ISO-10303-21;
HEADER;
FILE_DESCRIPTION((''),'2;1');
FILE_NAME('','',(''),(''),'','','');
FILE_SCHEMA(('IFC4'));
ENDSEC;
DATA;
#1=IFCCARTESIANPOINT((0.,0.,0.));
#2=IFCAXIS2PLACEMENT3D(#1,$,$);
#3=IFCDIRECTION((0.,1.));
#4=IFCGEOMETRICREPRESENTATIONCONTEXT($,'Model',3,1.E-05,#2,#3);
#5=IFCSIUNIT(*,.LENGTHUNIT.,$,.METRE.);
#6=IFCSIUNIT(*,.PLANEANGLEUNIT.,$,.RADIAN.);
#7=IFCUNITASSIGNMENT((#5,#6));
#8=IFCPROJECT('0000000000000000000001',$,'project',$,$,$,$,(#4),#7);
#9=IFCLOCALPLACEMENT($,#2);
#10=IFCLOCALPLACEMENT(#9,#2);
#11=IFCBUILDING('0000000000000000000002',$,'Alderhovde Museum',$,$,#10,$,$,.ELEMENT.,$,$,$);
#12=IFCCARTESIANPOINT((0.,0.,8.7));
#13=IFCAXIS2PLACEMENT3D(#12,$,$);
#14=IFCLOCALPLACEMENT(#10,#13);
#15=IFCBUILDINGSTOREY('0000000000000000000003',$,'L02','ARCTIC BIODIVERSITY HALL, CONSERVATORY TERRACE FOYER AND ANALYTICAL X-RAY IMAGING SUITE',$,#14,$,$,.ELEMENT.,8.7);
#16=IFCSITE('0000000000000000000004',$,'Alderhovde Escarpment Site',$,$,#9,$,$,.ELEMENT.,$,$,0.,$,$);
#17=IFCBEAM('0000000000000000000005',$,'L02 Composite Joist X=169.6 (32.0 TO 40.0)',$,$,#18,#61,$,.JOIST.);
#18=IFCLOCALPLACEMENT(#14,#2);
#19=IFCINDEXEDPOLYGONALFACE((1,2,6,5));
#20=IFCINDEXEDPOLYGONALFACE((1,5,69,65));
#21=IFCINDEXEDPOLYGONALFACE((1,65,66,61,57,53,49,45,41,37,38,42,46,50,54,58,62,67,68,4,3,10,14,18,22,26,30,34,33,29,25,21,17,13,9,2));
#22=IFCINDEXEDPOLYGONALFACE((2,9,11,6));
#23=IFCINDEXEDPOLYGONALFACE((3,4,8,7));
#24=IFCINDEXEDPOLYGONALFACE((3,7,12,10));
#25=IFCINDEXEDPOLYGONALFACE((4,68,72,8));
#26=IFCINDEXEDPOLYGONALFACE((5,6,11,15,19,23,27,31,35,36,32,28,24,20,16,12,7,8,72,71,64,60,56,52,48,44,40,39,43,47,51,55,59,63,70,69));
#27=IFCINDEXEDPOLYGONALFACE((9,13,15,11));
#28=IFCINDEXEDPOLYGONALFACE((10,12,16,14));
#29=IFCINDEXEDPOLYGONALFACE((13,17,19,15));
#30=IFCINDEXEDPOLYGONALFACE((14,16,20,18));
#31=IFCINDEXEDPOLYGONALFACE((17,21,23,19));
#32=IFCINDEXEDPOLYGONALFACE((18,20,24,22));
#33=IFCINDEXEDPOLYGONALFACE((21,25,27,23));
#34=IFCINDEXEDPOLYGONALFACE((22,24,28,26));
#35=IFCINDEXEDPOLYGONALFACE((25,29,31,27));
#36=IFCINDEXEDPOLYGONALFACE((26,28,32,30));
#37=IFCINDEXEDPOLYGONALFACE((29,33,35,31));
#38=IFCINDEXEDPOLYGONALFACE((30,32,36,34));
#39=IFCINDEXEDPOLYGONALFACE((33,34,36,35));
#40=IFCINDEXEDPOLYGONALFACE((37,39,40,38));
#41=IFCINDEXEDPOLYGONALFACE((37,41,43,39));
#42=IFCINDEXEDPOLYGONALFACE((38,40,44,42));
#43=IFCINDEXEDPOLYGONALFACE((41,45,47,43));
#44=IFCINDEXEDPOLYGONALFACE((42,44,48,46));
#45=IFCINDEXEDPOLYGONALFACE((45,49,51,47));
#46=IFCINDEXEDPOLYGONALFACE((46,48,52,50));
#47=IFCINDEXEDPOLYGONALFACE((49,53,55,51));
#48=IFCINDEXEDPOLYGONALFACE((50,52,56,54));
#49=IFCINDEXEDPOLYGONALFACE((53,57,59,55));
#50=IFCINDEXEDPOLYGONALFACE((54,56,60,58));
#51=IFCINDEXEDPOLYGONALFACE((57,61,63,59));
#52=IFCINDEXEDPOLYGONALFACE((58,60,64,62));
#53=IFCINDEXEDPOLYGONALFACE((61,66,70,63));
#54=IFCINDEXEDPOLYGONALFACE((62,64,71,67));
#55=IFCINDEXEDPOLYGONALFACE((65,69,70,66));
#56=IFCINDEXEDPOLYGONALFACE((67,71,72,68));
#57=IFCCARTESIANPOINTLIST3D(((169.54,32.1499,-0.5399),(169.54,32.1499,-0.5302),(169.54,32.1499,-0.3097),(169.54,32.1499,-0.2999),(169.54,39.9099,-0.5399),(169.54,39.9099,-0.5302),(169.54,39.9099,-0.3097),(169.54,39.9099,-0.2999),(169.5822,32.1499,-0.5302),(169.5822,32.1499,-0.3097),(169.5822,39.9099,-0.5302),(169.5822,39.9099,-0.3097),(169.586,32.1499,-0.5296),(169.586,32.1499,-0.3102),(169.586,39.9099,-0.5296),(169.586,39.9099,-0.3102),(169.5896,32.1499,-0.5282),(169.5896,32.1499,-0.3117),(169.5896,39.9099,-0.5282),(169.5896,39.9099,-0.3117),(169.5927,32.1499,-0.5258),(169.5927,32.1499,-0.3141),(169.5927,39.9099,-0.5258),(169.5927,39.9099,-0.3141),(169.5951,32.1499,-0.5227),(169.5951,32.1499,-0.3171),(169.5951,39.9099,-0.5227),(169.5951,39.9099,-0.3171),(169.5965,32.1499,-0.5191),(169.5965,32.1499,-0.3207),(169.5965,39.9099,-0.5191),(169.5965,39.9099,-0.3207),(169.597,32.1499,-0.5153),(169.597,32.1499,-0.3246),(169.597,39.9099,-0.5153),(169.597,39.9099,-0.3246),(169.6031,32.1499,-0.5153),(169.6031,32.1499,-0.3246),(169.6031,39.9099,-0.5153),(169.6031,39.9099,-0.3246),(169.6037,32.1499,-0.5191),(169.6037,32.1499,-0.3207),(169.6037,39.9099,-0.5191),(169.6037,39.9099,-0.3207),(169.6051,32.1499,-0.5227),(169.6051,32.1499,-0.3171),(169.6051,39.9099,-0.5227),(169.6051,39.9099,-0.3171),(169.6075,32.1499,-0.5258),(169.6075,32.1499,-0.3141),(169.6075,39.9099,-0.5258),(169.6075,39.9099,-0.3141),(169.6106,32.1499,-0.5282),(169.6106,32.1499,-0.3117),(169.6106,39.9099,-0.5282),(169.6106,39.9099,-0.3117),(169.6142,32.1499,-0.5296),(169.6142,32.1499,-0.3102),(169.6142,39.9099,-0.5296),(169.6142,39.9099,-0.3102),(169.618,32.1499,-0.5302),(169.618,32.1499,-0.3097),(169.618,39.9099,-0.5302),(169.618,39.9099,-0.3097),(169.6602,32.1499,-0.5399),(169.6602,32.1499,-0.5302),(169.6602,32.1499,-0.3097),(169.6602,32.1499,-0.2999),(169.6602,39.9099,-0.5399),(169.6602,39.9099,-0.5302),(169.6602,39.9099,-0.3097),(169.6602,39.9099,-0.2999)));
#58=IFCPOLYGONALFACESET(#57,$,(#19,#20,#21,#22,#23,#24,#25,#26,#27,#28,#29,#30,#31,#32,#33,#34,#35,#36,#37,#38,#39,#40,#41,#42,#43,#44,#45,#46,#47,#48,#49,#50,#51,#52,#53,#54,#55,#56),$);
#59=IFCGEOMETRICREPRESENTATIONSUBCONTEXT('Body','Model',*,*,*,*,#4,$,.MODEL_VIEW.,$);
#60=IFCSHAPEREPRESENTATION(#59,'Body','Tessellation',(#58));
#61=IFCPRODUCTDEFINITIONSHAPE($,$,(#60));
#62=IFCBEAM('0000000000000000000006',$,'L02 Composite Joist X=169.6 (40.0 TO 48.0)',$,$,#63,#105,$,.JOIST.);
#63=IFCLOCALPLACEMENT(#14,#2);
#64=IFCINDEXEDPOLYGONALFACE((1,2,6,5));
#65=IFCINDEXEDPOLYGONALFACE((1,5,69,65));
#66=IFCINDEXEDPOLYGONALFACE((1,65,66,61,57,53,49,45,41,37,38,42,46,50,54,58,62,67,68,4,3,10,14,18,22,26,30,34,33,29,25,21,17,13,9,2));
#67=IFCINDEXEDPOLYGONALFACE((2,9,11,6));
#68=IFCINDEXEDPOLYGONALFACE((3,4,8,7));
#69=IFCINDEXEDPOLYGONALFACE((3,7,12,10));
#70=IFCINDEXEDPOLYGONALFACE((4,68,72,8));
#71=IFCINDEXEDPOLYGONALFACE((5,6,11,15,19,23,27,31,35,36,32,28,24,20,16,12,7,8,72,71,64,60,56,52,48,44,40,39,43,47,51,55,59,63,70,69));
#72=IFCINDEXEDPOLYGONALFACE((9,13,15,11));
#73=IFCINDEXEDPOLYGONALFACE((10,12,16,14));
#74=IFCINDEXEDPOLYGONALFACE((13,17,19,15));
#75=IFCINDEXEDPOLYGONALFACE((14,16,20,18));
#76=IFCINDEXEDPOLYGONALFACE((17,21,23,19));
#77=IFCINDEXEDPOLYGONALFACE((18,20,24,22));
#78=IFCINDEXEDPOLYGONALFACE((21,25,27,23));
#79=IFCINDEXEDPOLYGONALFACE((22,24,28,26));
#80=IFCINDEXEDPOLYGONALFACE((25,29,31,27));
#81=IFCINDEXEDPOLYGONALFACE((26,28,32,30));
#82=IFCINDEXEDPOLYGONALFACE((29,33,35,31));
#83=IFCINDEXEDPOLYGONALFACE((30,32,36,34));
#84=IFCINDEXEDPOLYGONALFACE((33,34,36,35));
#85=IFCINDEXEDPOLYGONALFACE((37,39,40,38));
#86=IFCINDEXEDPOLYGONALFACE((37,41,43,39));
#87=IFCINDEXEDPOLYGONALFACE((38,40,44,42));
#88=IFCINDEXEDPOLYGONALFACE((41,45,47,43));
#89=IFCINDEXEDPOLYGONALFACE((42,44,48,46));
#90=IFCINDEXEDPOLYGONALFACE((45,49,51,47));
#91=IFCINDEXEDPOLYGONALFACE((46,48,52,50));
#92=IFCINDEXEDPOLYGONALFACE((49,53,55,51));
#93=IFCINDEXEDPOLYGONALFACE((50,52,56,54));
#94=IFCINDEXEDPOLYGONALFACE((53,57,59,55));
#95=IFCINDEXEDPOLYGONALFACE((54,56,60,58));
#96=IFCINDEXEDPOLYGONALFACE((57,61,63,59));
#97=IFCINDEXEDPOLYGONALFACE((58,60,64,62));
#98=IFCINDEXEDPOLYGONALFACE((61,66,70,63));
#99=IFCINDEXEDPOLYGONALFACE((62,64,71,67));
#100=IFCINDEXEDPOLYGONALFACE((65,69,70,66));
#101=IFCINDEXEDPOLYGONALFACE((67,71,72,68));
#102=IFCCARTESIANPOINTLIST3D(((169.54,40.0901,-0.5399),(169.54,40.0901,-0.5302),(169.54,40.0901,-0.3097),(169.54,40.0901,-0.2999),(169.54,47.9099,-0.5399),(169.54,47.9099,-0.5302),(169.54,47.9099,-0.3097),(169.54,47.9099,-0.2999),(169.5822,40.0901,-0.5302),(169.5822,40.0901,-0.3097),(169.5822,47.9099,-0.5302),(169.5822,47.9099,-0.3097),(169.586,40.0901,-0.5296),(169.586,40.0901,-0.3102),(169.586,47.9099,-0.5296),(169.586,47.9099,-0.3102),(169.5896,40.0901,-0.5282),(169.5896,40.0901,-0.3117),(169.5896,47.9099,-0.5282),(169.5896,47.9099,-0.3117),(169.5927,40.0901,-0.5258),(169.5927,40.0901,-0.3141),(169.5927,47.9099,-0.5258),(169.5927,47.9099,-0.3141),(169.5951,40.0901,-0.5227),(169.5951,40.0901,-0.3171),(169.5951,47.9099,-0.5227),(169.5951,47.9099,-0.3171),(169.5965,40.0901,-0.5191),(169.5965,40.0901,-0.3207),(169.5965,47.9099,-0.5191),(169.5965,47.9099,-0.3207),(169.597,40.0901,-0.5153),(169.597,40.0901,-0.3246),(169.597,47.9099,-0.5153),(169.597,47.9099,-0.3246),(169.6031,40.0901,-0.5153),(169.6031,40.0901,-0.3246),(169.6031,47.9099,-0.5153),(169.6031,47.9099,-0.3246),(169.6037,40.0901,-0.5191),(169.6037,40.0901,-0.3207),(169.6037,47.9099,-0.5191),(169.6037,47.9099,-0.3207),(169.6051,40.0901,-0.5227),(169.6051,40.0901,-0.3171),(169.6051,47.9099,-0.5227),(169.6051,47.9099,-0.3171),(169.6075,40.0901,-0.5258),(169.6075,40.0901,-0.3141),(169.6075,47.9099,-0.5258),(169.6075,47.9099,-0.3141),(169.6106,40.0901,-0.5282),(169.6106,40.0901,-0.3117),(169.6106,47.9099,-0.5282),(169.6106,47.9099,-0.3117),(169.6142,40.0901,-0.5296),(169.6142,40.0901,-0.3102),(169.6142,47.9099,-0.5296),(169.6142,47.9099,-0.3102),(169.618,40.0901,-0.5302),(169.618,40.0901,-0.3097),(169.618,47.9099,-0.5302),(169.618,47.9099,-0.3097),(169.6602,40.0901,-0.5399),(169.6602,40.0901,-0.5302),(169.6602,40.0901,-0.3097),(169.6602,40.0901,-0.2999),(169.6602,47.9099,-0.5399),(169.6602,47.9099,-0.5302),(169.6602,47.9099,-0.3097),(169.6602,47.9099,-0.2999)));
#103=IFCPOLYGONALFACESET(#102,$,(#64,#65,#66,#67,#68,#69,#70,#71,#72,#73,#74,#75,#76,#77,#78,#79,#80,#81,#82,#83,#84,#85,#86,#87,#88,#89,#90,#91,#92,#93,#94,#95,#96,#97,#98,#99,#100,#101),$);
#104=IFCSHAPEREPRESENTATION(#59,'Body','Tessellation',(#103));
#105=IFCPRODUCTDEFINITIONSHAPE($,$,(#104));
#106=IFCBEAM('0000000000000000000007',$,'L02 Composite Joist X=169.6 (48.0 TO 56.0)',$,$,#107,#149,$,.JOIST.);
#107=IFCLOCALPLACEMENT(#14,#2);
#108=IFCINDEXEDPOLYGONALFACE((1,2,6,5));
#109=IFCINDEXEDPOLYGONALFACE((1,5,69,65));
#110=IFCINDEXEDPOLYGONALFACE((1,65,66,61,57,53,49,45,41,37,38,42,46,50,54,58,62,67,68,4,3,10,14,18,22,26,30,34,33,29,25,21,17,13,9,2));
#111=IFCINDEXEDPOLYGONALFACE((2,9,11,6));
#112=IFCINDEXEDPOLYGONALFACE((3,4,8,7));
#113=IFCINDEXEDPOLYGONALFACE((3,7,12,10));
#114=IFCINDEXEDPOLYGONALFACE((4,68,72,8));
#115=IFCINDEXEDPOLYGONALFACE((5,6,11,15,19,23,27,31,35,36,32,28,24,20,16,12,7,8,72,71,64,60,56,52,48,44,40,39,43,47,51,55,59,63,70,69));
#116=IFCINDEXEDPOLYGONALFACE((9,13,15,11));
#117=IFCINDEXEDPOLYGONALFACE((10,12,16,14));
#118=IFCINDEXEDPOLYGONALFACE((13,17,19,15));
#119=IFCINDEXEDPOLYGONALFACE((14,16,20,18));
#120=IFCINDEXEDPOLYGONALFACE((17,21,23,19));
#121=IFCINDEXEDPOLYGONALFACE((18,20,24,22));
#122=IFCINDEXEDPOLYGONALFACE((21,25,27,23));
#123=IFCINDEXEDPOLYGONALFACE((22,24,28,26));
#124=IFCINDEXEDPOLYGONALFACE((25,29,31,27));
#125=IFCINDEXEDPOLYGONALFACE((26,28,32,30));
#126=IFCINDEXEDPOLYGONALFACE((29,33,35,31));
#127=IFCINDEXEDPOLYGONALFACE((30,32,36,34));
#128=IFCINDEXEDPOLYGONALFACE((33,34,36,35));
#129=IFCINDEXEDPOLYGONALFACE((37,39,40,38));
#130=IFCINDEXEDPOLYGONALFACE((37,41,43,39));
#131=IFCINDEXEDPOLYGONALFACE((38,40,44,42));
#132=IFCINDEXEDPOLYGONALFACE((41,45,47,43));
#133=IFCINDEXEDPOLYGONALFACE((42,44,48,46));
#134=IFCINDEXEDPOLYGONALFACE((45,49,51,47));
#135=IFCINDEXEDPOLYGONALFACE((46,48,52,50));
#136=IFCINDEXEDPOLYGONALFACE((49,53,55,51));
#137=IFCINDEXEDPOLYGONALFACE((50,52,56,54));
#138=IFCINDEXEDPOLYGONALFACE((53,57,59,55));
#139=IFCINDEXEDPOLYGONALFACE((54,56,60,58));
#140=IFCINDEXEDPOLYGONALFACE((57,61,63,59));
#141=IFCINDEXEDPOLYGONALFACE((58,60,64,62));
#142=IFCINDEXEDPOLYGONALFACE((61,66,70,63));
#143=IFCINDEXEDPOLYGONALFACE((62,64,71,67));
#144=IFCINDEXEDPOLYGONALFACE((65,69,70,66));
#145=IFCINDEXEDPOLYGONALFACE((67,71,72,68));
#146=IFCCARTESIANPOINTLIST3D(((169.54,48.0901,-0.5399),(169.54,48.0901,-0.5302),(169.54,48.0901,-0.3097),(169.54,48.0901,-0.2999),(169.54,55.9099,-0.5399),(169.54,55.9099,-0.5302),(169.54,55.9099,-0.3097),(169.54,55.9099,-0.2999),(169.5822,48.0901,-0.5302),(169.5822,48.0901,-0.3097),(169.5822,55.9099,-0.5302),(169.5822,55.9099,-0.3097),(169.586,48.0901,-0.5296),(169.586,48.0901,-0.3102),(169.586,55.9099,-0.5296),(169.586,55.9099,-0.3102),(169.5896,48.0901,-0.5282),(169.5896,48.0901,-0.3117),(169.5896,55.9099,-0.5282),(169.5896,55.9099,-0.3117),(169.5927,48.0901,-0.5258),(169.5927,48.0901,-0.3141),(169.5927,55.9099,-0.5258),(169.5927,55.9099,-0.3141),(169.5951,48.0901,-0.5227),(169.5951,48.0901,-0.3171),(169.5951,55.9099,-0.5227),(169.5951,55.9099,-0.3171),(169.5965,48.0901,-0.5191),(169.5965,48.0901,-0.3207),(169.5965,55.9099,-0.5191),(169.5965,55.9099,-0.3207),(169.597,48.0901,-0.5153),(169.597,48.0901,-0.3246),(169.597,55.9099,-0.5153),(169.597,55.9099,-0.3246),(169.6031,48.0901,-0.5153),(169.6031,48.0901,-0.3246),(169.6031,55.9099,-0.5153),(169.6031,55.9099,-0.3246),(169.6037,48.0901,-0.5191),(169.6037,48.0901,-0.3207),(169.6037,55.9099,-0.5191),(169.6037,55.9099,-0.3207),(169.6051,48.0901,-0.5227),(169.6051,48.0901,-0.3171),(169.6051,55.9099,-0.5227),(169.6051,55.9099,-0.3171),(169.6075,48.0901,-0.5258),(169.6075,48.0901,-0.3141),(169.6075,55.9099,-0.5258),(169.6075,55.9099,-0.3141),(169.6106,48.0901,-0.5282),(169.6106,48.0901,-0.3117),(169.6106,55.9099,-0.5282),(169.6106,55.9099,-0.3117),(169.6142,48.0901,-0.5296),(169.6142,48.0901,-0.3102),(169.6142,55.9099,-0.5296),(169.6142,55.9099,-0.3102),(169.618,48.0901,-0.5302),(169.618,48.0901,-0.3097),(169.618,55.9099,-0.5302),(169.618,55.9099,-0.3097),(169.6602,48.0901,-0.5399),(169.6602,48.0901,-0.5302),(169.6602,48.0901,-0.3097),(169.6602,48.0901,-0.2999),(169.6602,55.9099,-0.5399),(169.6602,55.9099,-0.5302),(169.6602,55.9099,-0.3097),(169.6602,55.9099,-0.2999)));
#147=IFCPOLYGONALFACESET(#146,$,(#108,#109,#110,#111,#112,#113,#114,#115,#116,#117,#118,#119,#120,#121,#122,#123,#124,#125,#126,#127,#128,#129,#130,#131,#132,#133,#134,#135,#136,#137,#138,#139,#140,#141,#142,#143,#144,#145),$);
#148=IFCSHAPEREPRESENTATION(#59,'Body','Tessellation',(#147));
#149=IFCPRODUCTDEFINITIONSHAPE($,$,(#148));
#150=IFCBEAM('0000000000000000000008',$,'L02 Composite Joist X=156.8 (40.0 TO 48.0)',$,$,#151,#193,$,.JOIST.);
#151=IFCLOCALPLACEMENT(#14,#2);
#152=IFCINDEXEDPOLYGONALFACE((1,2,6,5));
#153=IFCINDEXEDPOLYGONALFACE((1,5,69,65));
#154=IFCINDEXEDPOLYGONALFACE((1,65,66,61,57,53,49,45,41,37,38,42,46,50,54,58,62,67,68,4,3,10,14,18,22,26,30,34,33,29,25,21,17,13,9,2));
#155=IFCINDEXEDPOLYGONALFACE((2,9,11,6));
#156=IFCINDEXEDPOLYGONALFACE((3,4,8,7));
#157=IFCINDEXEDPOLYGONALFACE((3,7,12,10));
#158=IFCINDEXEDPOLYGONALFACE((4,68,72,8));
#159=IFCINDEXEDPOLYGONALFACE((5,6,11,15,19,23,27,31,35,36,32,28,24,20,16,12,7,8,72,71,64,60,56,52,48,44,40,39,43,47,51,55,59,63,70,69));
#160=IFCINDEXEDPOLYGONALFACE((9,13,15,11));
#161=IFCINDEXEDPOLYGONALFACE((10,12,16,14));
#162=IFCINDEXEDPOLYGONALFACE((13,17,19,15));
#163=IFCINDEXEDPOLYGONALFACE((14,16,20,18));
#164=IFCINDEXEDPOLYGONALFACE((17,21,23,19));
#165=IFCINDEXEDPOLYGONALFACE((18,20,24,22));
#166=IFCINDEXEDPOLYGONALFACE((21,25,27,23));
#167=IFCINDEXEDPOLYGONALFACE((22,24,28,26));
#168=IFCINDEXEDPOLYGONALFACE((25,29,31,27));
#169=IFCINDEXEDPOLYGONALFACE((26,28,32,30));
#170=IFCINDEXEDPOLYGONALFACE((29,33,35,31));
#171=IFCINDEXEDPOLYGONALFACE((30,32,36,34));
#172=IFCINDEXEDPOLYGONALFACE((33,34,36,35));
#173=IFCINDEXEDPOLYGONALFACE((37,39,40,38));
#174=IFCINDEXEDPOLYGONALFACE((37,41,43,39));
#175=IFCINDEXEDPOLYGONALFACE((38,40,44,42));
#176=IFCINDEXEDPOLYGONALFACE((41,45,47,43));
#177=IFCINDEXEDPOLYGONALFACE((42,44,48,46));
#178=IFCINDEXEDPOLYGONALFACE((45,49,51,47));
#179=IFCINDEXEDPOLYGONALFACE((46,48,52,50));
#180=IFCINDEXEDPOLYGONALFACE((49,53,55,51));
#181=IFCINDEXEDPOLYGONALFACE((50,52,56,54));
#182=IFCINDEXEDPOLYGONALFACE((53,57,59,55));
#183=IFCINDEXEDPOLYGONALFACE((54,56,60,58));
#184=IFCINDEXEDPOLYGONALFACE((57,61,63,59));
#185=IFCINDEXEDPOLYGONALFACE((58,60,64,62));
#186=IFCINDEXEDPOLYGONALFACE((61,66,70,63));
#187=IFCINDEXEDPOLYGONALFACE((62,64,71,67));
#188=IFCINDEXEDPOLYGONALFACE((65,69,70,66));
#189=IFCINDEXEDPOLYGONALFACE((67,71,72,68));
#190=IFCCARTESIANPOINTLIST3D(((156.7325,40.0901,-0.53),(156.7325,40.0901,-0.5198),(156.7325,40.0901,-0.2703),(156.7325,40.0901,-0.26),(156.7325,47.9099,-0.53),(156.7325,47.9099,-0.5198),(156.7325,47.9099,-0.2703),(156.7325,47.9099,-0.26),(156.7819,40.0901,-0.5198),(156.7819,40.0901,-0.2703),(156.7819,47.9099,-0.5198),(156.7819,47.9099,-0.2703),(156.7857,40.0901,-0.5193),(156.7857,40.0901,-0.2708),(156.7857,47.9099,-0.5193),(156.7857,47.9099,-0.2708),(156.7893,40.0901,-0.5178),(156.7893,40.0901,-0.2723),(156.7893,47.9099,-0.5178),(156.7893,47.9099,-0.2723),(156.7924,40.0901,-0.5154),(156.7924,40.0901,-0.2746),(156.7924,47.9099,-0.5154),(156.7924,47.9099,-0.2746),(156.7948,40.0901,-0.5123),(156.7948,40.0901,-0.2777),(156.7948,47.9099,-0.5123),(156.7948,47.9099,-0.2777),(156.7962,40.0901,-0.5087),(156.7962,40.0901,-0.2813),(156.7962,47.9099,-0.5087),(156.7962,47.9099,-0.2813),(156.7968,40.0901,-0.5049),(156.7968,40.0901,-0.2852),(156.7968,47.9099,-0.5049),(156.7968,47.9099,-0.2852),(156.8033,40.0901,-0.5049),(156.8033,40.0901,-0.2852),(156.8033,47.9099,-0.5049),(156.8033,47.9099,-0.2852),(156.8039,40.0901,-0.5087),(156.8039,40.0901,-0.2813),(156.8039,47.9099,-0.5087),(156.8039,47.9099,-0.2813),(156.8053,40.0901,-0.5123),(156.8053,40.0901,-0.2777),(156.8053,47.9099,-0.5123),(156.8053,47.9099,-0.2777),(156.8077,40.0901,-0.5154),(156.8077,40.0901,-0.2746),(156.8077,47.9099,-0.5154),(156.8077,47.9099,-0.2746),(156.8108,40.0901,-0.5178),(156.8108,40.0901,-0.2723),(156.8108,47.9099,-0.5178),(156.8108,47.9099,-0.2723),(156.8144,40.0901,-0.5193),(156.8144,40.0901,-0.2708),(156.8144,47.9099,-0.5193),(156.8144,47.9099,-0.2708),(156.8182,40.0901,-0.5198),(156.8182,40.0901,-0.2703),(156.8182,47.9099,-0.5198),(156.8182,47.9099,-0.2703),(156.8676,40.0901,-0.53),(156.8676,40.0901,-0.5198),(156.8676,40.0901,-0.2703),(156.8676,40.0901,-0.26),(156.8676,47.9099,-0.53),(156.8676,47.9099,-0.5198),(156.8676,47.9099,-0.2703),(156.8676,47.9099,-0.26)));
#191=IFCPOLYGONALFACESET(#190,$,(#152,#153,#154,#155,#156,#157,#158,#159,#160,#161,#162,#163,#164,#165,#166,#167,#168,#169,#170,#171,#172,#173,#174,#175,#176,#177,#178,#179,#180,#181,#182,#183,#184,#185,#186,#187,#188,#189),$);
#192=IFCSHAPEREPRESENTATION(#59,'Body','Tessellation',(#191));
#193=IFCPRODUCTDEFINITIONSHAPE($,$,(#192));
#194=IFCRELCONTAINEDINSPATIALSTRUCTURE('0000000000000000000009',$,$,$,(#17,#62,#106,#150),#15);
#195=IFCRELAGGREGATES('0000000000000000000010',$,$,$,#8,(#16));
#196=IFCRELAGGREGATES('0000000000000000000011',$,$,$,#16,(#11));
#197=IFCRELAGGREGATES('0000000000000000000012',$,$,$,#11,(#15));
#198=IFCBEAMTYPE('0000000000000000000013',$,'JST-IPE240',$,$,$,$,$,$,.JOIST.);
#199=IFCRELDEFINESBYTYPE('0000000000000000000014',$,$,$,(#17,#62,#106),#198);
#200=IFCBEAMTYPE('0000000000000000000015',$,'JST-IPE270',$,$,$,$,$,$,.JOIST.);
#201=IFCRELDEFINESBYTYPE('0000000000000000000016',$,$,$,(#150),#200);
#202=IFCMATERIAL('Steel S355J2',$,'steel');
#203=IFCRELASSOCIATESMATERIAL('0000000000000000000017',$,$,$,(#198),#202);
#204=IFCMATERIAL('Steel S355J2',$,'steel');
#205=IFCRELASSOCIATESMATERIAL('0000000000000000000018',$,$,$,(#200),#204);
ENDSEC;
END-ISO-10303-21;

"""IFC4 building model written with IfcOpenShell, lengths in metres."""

from ifc_helpers import new_model, si_unit, direction, frame, origin, origin_2d, place, context, subcontext, project, spatial, i_section, extrude, material, material_profile, profile_set, type_object, element, save


model = new_model("IFC4")

# Units and contexts
model_context = context("Model", 3, precision=1e-05, world=origin(), true_north=direction((0.0, 1.0)))
body_context = subcontext(model_context, "Body", "Model", "MODEL_VIEW")
ifc_project = project(units=[si_unit("LENGTHUNIT", "METRE"), si_unit("PLANEANGLEUNIT", "RADIAN")], contexts=[model_context])

# Site, building, storey
site_placement = place(None, origin())
site = spatial("IfcSite", under=ifc_project, at=site_placement, Name="Alderhovde Escarpment Site", CompositionType="ELEMENT", RefElevation=0.0)
building_placement = place(site_placement, origin())
building = spatial("IfcBuilding", under=site, at=building_placement, Name="Alderhovde Museum", CompositionType="ELEMENT")
storey_placement = place(building_placement, frame((0.0, 0.0, 8.7)))
storey = spatial("IfcBuildingStorey", under=building, at=storey_placement, Name="L02", Description="ARCTIC BIODIVERSITY HALL, CONSERVATORY TERRACE FOYER AND ANALYTICAL X-RAY IMAGING SUITE", CompositionType="ELEMENT", Elevation=8.7)

# Beams
ifc_material_1 = material(Name="Steel S355J2", Category="steel")
ifc_material_profile_1 = material_profile(ifc_material_1, i_section(OverallWidth=0.1201, OverallDepth=0.24, WebThickness=0.0061, FlangeThickness=0.0098, FilletRadius=0.0149, at=origin_2d()), Name="IPE 240")
ifc_profile_set_1 = profile_set([ifc_material_profile_1], Name="Steel S355J2")
beam_type_1 = type_object("IfcBeamType", Name="JST-IPE240", PredefinedType="JOIST", material=ifc_profile_set_1)
beam_1_placement = place(storey_placement, frame((169.6001, 32.1499, -0.4199), z_axis=(0.0, 1.0, 0.0), x_axis=(-1.0, 0.0, 0.0)))
element("IfcBeam", 1, at=beam_1_placement, inside=storey, type_object=beam_type_1, Name="L02 Composite Joist X=169.6 (32.0 TO 40.0)", PredefinedType="JOIST", context=body_context, shape_type="SweptSolid", body=[
    extrude(i_section(OverallWidth=0.1201, OverallDepth=0.24, WebThickness=0.0061, FlangeThickness=0.0098, FilletRadius=0.0149, at=origin_2d()), origin(), (0.0, 0.0, 1.0), 7.76),
])
for number, where, z_axis, x_axis, name in (
    (2, (169.6001, 40.0901, -0.4199), (0.0, 1.0, 0.0), (-1.0, 0.0, 0.0), "L02 Composite Joist X=169.6 (40.0 TO 48.0)"),
    (3, (169.6001, 48.0901, -0.4199), (0.0, 1.0, 0.0), (-1.0, 0.0, 0.0), "L02 Composite Joist X=169.6 (48.0 TO 56.0)"),
):
    element("IfcBeam", number, at=place(storey_placement, frame(where, z_axis=z_axis, x_axis=x_axis)), inside=storey, type_object=beam_type_1, Name=name, PredefinedType="JOIST", context=body_context, shape_type="SweptSolid", body=[
        extrude(i_section(OverallWidth=0.1201, OverallDepth=0.24, WebThickness=0.0061, FlangeThickness=0.0098, FilletRadius=0.0149, at=origin_2d()), origin(), (0.0, 0.0, 1.0), 7.8198),
    ])
ifc_material_2 = material(Name="Steel S355J2", Category="steel")
ifc_material_profile_2 = material_profile(ifc_material_2, i_section(OverallWidth=0.135, OverallDepth=0.27, WebThickness=0.0066, FlangeThickness=0.0103, FilletRadius=0.0149, at=origin_2d()), Name="IPE 270")
ifc_profile_set_2 = profile_set([ifc_material_profile_2], Name="Steel S355J2")
beam_type_2 = type_object("IfcBeamType", Name="JST-IPE270", PredefinedType="JOIST", material=ifc_profile_set_2)
for number, where, z_axis, x_axis, name in (
    (4, (156.8, 40.0901, -0.395), (0.0, 1.0, 0.0), (-1.0, 0.0, 0.0), "L02 Composite Joist X=156.8 (40.0 TO 48.0)"),
):
    element("IfcBeam", number, at=place(storey_placement, frame(where, z_axis=z_axis, x_axis=x_axis)), inside=storey, type_object=beam_type_2, Name=name, PredefinedType="JOIST", context=body_context, shape_type="SweptSolid", body=[
        extrude(i_section(OverallWidth=0.135, OverallDepth=0.27, WebThickness=0.0066, FlangeThickness=0.0103, FilletRadius=0.0149, at=origin_2d()), origin(), (0.0, 0.0, 1.0), 7.8198),
    ])

save(model, "model.ifc")
